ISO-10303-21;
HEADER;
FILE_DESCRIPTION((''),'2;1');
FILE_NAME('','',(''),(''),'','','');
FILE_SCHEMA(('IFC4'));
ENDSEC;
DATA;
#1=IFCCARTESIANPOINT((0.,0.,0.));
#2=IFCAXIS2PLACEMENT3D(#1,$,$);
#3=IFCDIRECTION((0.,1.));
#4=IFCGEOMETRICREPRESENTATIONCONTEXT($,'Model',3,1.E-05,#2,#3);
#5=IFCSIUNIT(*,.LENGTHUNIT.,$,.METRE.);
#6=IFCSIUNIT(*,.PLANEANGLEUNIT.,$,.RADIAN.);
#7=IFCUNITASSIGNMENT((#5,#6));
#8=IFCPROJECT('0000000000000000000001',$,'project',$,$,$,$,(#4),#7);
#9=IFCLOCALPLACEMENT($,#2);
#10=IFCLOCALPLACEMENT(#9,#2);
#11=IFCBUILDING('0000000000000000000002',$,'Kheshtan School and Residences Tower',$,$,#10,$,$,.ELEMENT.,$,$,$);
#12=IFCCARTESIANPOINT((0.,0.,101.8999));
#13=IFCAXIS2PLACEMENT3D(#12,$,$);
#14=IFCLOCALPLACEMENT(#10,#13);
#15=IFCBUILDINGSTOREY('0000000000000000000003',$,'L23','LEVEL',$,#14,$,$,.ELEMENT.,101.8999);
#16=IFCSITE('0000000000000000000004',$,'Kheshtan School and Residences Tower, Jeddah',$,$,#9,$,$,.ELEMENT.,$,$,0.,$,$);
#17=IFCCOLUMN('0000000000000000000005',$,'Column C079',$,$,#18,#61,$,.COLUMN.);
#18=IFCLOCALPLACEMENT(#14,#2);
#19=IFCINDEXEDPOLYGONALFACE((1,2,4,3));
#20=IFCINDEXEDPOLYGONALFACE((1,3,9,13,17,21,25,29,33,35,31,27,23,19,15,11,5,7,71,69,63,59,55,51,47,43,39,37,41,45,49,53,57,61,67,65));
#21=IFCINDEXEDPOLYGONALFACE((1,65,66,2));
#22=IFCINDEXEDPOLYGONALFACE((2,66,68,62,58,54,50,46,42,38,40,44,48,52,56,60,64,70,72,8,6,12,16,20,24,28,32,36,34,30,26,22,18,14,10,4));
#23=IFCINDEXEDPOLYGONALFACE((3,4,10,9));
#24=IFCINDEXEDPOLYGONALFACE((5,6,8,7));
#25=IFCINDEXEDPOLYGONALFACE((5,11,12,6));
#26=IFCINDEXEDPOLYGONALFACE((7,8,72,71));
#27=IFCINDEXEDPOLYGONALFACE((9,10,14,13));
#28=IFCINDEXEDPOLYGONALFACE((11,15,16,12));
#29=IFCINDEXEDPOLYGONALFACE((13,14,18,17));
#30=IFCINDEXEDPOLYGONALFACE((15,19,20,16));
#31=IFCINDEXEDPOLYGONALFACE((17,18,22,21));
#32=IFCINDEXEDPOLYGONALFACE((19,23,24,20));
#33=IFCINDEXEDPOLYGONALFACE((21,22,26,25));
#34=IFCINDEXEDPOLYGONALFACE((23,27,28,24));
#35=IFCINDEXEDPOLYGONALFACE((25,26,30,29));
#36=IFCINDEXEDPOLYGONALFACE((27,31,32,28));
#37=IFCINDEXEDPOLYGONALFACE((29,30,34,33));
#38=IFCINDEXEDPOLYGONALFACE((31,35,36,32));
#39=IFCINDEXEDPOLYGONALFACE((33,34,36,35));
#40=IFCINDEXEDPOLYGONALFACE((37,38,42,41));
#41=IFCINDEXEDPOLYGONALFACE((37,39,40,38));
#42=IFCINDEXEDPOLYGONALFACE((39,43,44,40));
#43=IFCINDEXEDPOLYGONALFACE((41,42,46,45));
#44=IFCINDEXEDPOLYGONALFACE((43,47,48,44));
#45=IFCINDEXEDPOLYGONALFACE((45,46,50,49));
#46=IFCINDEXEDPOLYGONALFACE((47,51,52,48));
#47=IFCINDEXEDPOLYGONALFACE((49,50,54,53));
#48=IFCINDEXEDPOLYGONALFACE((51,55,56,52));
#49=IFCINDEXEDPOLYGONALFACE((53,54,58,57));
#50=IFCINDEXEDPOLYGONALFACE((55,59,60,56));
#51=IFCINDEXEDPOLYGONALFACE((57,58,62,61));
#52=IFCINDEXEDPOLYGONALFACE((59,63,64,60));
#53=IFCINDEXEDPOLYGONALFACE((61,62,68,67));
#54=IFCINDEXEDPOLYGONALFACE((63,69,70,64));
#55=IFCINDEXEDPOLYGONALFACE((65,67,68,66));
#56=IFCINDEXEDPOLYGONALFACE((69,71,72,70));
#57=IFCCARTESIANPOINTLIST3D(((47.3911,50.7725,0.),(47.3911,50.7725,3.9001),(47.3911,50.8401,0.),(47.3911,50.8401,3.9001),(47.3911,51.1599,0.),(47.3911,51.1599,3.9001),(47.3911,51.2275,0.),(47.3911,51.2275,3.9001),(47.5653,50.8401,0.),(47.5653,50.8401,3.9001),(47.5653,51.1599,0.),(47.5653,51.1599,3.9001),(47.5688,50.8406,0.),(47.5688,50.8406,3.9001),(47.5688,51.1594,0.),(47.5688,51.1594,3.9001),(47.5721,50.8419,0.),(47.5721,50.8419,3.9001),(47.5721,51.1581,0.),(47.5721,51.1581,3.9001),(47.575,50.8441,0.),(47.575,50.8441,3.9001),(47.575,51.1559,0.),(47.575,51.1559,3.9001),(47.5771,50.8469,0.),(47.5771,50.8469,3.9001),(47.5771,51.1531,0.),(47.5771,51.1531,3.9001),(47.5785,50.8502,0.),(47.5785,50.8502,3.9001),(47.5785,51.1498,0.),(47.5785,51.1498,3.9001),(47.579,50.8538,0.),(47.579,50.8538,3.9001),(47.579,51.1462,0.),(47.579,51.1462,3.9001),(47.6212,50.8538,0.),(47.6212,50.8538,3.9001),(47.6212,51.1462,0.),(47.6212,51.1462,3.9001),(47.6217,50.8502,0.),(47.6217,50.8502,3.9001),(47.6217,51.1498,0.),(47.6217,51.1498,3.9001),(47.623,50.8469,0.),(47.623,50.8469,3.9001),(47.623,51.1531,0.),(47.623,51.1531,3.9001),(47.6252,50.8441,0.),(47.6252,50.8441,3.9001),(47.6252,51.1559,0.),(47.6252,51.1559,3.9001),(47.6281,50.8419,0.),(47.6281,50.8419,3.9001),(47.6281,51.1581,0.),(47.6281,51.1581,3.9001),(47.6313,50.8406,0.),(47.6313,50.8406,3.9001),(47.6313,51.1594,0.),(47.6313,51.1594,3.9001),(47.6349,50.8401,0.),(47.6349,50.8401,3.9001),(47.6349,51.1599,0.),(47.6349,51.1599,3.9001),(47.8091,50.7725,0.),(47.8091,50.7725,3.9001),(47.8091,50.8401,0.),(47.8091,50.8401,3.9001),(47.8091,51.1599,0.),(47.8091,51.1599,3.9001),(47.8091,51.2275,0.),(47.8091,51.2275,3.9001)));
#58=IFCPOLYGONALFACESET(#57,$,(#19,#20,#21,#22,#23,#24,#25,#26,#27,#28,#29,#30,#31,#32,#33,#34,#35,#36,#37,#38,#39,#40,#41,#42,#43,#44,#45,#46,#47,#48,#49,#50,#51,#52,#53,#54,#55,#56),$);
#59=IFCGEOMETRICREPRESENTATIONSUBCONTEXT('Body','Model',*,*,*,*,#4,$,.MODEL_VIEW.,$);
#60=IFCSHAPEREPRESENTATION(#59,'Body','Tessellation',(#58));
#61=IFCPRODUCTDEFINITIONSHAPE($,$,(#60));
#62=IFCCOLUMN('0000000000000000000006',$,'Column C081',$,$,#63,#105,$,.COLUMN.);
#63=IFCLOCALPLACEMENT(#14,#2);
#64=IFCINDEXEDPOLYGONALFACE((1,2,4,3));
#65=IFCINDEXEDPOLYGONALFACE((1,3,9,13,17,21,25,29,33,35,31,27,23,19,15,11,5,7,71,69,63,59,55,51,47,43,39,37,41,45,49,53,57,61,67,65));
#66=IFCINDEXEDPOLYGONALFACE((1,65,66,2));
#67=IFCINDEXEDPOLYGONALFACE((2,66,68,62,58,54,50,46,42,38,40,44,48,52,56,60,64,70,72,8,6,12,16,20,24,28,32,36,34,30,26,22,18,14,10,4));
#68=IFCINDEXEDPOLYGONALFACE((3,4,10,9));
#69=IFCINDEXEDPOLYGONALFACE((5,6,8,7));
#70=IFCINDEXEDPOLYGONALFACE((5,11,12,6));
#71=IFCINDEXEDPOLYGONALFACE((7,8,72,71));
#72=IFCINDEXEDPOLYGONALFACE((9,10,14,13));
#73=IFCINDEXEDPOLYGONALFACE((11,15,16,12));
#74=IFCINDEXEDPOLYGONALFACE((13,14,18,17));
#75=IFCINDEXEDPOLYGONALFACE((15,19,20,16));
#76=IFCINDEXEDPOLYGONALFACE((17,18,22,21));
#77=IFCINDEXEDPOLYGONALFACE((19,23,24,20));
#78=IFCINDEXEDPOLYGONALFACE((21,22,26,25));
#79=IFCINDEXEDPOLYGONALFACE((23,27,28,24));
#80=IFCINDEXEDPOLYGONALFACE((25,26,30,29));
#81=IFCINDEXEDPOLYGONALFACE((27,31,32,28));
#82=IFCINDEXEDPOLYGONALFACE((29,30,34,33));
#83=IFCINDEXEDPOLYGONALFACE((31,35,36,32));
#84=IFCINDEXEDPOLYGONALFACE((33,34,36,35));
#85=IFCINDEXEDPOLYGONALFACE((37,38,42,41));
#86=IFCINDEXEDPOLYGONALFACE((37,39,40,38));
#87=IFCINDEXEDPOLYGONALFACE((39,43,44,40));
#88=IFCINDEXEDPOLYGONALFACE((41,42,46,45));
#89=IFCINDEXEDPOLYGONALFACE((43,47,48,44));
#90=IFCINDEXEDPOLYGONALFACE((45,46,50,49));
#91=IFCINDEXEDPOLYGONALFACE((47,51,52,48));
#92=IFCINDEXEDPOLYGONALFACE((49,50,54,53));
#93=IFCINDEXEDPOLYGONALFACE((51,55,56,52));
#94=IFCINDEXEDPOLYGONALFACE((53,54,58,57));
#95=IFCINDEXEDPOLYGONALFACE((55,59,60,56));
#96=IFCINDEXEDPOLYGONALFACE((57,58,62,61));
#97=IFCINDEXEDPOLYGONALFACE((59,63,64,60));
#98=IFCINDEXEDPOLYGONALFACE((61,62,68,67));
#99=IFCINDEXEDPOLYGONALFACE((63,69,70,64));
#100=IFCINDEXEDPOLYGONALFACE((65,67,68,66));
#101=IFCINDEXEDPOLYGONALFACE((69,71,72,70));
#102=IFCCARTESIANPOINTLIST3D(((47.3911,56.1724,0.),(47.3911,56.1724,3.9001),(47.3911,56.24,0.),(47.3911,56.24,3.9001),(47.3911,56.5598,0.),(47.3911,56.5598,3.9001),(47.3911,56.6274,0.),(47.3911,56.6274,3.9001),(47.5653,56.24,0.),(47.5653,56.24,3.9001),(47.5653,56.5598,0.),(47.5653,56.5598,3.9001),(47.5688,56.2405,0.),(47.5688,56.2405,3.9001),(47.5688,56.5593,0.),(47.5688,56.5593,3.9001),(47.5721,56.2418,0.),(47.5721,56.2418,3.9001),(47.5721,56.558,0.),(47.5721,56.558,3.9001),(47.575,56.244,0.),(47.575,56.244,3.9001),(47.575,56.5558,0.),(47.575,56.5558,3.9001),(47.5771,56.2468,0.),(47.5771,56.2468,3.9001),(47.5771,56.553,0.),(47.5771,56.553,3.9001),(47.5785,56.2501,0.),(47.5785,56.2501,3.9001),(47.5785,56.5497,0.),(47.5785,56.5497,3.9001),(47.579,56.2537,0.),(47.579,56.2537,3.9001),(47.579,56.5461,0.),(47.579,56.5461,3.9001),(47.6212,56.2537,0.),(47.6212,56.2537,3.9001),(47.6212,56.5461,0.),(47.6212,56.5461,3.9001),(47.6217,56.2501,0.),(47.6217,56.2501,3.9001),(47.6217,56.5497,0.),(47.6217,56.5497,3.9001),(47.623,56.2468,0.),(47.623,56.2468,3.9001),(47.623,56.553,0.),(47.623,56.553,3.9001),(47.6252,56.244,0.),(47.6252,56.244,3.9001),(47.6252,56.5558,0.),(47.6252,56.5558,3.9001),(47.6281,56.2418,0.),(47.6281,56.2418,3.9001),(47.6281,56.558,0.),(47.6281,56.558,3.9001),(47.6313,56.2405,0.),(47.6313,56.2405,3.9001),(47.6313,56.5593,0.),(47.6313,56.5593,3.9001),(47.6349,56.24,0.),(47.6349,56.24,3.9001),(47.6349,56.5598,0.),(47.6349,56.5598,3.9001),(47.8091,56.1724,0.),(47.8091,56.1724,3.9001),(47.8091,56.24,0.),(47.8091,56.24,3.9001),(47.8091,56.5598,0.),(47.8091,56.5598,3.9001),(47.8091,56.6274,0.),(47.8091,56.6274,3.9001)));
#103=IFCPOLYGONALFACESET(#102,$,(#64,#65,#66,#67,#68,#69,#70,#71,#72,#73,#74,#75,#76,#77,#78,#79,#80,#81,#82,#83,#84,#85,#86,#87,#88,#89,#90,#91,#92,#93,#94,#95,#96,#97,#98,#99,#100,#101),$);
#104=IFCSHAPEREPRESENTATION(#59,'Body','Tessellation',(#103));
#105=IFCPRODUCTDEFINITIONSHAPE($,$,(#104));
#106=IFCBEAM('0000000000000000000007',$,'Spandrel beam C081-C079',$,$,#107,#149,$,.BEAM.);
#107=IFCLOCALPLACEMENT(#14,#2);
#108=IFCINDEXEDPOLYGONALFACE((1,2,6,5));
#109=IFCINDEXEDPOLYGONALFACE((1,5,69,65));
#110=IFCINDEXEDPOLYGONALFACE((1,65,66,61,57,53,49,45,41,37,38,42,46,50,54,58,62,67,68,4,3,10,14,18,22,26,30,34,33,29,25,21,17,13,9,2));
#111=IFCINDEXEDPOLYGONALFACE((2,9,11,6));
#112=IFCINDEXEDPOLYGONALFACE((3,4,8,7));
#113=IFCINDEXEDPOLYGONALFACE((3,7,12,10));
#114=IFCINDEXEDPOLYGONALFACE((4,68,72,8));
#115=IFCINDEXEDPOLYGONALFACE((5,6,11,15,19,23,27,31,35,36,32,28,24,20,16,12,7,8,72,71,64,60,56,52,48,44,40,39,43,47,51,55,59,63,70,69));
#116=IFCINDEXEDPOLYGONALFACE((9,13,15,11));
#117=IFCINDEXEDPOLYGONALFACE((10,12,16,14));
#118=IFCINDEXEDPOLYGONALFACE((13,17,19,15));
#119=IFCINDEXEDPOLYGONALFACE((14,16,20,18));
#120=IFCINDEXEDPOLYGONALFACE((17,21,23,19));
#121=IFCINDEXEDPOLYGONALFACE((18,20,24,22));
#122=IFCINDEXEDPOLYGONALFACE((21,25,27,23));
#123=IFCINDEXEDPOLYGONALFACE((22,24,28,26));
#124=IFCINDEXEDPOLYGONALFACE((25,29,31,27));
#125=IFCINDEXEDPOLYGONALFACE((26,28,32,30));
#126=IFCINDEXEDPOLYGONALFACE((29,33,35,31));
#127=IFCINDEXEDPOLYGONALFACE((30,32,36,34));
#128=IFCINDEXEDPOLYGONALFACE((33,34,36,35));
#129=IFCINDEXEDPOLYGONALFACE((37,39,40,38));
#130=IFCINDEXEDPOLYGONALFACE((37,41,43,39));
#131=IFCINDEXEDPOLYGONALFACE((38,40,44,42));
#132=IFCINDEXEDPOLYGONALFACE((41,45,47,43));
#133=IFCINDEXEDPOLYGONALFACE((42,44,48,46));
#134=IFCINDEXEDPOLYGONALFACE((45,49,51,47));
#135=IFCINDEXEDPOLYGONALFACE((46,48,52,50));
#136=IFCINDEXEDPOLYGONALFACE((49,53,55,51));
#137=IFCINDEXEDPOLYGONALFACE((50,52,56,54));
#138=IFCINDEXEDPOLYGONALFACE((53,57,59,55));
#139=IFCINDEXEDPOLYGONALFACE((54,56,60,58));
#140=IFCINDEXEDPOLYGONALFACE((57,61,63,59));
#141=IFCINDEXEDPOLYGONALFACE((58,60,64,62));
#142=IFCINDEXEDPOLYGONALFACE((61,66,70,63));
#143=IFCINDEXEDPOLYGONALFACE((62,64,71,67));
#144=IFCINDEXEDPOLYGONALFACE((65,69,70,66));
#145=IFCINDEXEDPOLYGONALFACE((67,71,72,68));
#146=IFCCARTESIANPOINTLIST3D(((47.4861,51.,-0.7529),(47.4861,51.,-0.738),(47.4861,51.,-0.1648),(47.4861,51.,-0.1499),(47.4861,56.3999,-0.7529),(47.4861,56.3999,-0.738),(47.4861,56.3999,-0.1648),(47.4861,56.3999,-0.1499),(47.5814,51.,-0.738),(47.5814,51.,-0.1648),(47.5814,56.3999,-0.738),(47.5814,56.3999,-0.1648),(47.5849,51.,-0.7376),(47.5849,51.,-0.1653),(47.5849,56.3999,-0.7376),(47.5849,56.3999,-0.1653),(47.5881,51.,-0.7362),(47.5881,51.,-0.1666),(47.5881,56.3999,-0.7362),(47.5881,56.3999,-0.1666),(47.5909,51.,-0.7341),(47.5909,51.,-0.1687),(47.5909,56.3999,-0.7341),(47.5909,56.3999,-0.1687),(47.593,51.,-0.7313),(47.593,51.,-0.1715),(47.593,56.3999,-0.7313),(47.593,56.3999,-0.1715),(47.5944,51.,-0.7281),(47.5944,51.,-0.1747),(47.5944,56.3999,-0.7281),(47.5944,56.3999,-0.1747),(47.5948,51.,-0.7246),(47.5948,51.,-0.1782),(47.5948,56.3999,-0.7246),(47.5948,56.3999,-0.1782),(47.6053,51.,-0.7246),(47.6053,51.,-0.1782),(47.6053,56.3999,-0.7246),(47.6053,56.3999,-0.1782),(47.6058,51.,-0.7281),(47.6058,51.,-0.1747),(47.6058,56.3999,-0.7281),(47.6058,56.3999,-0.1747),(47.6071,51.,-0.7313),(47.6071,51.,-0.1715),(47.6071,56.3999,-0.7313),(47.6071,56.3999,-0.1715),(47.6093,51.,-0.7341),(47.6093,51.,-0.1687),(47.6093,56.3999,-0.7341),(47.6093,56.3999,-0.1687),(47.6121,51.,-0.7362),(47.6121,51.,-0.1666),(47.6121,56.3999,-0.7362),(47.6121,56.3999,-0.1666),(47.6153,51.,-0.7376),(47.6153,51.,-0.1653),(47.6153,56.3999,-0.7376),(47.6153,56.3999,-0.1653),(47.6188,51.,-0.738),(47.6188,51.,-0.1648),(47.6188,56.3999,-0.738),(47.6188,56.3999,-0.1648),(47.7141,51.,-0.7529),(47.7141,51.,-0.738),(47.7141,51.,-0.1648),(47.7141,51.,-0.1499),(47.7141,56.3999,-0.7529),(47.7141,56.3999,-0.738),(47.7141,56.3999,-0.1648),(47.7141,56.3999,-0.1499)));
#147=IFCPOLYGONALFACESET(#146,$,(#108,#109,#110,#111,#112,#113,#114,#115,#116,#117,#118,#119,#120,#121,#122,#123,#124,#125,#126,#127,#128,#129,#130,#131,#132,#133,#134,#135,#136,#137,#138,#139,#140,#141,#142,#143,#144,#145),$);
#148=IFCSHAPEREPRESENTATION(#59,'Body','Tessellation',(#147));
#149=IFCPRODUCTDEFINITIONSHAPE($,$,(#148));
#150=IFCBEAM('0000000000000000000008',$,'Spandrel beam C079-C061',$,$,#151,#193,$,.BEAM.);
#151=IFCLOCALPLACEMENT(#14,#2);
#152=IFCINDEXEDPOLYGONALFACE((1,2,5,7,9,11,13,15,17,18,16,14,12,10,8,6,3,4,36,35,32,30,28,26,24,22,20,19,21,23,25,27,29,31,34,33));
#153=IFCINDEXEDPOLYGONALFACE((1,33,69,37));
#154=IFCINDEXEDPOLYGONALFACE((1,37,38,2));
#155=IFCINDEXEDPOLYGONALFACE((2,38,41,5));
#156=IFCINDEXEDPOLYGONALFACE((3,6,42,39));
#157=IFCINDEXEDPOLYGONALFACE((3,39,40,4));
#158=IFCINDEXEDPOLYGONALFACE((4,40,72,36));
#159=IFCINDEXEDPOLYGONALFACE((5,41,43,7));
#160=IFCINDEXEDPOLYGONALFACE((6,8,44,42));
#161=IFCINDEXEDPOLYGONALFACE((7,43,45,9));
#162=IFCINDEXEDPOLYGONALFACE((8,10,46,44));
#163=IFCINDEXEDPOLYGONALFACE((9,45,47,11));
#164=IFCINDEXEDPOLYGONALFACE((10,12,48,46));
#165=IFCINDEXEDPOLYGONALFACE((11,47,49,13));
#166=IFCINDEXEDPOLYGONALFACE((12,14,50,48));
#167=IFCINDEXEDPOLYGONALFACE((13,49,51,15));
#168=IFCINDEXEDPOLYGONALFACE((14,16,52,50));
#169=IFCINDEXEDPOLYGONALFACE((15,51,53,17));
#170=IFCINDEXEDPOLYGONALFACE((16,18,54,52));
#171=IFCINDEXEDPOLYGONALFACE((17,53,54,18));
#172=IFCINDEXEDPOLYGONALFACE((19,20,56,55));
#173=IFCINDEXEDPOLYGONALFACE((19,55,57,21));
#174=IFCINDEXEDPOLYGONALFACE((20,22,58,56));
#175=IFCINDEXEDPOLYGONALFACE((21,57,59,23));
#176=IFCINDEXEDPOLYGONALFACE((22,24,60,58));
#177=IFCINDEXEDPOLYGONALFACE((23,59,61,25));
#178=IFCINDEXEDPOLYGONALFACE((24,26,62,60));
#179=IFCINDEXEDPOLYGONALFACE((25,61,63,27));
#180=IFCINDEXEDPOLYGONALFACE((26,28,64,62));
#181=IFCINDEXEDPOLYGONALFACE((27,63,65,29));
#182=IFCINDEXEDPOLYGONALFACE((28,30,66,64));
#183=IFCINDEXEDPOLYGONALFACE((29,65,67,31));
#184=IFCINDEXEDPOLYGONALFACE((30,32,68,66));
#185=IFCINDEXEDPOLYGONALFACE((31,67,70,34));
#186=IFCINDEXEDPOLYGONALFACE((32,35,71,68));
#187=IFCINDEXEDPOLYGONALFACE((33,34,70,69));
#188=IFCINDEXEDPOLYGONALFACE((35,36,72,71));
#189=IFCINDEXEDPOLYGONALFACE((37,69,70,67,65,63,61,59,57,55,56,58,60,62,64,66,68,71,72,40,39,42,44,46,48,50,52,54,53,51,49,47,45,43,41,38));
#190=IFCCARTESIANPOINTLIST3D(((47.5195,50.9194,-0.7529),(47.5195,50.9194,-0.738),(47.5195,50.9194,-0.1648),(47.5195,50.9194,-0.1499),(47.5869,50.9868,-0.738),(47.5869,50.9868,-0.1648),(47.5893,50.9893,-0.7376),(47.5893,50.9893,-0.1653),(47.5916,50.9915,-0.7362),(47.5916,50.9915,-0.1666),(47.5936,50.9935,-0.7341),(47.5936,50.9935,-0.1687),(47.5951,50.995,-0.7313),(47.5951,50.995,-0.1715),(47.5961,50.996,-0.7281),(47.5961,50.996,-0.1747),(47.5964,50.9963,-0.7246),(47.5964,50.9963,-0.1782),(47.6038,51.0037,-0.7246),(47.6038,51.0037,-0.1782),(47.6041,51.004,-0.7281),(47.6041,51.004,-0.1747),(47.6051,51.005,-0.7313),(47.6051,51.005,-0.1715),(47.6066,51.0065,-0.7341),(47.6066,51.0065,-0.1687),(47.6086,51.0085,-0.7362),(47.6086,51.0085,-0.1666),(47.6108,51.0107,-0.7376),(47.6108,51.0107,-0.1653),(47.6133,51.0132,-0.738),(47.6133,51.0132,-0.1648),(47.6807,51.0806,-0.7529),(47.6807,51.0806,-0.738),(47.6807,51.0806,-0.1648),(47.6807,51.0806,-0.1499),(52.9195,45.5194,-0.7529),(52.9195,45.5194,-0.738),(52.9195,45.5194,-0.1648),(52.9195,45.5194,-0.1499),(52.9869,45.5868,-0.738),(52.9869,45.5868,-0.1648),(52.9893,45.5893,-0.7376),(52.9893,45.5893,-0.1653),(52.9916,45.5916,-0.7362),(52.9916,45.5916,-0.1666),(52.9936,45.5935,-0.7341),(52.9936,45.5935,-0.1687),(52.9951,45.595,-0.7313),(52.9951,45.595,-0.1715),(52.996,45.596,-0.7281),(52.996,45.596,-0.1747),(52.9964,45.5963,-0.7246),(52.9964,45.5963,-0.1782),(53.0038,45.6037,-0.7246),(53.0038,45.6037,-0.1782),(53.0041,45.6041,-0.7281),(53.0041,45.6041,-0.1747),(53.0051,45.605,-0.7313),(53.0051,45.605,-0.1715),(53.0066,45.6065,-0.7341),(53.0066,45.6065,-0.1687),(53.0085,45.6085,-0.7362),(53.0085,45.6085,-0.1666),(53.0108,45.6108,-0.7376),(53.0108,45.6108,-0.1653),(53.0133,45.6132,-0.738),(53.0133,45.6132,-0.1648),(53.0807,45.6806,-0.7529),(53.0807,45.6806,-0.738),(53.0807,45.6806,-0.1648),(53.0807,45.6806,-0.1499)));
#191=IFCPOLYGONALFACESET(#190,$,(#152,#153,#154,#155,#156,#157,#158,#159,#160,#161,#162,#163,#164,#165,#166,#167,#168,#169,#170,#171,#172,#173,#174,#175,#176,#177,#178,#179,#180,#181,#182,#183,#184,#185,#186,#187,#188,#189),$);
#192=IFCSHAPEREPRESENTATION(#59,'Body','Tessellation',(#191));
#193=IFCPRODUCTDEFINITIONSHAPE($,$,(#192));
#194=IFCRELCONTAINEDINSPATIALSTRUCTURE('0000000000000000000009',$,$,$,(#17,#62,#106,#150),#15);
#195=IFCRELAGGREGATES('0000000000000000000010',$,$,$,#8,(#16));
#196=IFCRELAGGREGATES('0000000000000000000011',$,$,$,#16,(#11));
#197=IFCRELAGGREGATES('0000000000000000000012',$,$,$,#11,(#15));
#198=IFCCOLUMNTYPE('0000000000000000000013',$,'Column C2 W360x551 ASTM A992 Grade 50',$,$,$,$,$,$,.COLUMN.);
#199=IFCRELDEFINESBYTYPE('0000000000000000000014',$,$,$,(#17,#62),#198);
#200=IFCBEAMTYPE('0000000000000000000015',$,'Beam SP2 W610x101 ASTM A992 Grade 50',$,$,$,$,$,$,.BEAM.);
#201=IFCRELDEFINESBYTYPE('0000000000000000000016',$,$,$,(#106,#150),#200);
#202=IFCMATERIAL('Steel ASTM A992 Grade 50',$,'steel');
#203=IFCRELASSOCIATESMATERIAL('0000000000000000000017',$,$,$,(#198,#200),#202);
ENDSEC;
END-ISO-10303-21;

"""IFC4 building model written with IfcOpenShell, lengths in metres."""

from ifc_helpers import new_model, si_unit, direction, frame, origin, origin_2d, place, context, subcontext, project, spatial, i_section, extrude, material, material_profile, profile_set, type_object, element, save


model = new_model("IFC4")

# Units and contexts
model_context = context("Model", 3, precision=1e-05, world=origin(), true_north=direction((0.0, 1.0)))
body_context = subcontext(model_context, "Body", "Model", "MODEL_VIEW")
ifc_project = project(units=[si_unit("LENGTHUNIT", "METRE"), si_unit("PLANEANGLEUNIT", "RADIAN")], contexts=[model_context])

# Site, building, storey
site_placement = place(None, origin())
site = spatial("IfcSite", under=ifc_project, at=site_placement, Name="Kheshtan School and Residences Tower, Jeddah", CompositionType="ELEMENT", RefElevation=0.0)
building_placement = place(site_placement, origin())
building = spatial("IfcBuilding", under=site, at=building_placement, Name="Kheshtan School and Residences Tower", CompositionType="ELEMENT")
storey_placement = place(building_placement, frame((0.0, 0.0, 101.8999)))
storey = spatial("IfcBuildingStorey", under=building, at=storey_placement, Name="L23", Description="LEVEL", CompositionType="ELEMENT", Elevation=101.8999)

# Columns
ifc_material_1 = material(Name="Steel ASTM A992 Grade 50", Category="steel")
ifc_material_profile_1 = material_profile(ifc_material_1, i_section(OverallWidth=0.418, OverallDepth=0.4551, WebThickness=0.0422, FlangeThickness=0.0676, FilletRadius=0.0137, at=origin_2d()), Name="W360x551")
ifc_profile_set_1 = profile_set([ifc_material_profile_1], Name="Steel ASTM A992 Grade 50")
column_type = type_object("IfcColumnType", Name="Column C2 W360x551 ASTM A992 Grade 50", PredefinedType="COLUMN", material=ifc_profile_set_1)
for number, where, z_axis, x_axis, name in (
    (1, (47.6001, 51.0, 0.0), (0.0, 0.0, 1.0), (1.0, 0.0, 0.0), "Column C079"),
    (2, (47.6001, 56.3999, 0.0), (0.0, 0.0, 1.0), (1.0, 0.0, 0.0), "Column C081"),
):
    element("IfcColumn", number, at=place(storey_placement, frame(where, z_axis=z_axis, x_axis=x_axis)), inside=storey, type_object=column_type, Name=name, PredefinedType="COLUMN", context=body_context, shape_type="SweptSolid", body=[
        extrude(i_section(OverallWidth=0.418, OverallDepth=0.4551, WebThickness=0.0422, FlangeThickness=0.0676, FilletRadius=0.0137, at=origin_2d()), origin(), (0.0, 0.0, 1.0), 3.9001),
    ])

# Beams
ifc_material_profile_2 = material_profile(ifc_material_1, i_section(OverallWidth=0.228, OverallDepth=0.603, WebThickness=0.0105, FlangeThickness=0.0149, FilletRadius=0.0134, at=origin_2d()), Name="W610x101")
ifc_profile_set_2 = profile_set([ifc_material_profile_2], Name="Steel ASTM A992 Grade 50")
beam_type = type_object("IfcBeamType", Name="Beam SP2 W610x101 ASTM A992 Grade 50", PredefinedType="BEAM", material=ifc_profile_set_2)
beam_1_placement = place(storey_placement, frame((47.6001, 56.3999, -0.4514), z_axis=(0.0, -1.0, 0.0), x_axis=(1.0, 0.0, 0.0)))
element("IfcBeam", 3, at=beam_1_placement, inside=storey, type_object=beam_type, Name="Spandrel beam C081-C079", PredefinedType="BEAM", context=body_context, shape_type="SweptSolid", body=[
    extrude(i_section(OverallWidth=0.228, OverallDepth=0.603, WebThickness=0.0105, FlangeThickness=0.0149, FilletRadius=0.0134, at=origin_2d()), origin(), (0.0, 0.0, 1.0), 5.3999),
])
beam_2_placement = place(storey_placement, frame((47.6001, 51.0, -0.4514), z_axis=(0.707107, -0.707107, 0.0), x_axis=(0.707107, 0.707107, 0.0)))
element("IfcBeam", 4, at=beam_2_placement, inside=storey, type_object=beam_type, Name="Spandrel beam C079-C061", PredefinedType="BEAM", context=body_context, shape_type="SweptSolid", body=[
    extrude(i_section(OverallWidth=0.228, OverallDepth=0.603, WebThickness=0.0105, FlangeThickness=0.0149, FilletRadius=0.0134, at=origin_2d()), origin(), (0.0, 0.0, 1.0), 7.6367),
])

save(model, "model.ifc")
